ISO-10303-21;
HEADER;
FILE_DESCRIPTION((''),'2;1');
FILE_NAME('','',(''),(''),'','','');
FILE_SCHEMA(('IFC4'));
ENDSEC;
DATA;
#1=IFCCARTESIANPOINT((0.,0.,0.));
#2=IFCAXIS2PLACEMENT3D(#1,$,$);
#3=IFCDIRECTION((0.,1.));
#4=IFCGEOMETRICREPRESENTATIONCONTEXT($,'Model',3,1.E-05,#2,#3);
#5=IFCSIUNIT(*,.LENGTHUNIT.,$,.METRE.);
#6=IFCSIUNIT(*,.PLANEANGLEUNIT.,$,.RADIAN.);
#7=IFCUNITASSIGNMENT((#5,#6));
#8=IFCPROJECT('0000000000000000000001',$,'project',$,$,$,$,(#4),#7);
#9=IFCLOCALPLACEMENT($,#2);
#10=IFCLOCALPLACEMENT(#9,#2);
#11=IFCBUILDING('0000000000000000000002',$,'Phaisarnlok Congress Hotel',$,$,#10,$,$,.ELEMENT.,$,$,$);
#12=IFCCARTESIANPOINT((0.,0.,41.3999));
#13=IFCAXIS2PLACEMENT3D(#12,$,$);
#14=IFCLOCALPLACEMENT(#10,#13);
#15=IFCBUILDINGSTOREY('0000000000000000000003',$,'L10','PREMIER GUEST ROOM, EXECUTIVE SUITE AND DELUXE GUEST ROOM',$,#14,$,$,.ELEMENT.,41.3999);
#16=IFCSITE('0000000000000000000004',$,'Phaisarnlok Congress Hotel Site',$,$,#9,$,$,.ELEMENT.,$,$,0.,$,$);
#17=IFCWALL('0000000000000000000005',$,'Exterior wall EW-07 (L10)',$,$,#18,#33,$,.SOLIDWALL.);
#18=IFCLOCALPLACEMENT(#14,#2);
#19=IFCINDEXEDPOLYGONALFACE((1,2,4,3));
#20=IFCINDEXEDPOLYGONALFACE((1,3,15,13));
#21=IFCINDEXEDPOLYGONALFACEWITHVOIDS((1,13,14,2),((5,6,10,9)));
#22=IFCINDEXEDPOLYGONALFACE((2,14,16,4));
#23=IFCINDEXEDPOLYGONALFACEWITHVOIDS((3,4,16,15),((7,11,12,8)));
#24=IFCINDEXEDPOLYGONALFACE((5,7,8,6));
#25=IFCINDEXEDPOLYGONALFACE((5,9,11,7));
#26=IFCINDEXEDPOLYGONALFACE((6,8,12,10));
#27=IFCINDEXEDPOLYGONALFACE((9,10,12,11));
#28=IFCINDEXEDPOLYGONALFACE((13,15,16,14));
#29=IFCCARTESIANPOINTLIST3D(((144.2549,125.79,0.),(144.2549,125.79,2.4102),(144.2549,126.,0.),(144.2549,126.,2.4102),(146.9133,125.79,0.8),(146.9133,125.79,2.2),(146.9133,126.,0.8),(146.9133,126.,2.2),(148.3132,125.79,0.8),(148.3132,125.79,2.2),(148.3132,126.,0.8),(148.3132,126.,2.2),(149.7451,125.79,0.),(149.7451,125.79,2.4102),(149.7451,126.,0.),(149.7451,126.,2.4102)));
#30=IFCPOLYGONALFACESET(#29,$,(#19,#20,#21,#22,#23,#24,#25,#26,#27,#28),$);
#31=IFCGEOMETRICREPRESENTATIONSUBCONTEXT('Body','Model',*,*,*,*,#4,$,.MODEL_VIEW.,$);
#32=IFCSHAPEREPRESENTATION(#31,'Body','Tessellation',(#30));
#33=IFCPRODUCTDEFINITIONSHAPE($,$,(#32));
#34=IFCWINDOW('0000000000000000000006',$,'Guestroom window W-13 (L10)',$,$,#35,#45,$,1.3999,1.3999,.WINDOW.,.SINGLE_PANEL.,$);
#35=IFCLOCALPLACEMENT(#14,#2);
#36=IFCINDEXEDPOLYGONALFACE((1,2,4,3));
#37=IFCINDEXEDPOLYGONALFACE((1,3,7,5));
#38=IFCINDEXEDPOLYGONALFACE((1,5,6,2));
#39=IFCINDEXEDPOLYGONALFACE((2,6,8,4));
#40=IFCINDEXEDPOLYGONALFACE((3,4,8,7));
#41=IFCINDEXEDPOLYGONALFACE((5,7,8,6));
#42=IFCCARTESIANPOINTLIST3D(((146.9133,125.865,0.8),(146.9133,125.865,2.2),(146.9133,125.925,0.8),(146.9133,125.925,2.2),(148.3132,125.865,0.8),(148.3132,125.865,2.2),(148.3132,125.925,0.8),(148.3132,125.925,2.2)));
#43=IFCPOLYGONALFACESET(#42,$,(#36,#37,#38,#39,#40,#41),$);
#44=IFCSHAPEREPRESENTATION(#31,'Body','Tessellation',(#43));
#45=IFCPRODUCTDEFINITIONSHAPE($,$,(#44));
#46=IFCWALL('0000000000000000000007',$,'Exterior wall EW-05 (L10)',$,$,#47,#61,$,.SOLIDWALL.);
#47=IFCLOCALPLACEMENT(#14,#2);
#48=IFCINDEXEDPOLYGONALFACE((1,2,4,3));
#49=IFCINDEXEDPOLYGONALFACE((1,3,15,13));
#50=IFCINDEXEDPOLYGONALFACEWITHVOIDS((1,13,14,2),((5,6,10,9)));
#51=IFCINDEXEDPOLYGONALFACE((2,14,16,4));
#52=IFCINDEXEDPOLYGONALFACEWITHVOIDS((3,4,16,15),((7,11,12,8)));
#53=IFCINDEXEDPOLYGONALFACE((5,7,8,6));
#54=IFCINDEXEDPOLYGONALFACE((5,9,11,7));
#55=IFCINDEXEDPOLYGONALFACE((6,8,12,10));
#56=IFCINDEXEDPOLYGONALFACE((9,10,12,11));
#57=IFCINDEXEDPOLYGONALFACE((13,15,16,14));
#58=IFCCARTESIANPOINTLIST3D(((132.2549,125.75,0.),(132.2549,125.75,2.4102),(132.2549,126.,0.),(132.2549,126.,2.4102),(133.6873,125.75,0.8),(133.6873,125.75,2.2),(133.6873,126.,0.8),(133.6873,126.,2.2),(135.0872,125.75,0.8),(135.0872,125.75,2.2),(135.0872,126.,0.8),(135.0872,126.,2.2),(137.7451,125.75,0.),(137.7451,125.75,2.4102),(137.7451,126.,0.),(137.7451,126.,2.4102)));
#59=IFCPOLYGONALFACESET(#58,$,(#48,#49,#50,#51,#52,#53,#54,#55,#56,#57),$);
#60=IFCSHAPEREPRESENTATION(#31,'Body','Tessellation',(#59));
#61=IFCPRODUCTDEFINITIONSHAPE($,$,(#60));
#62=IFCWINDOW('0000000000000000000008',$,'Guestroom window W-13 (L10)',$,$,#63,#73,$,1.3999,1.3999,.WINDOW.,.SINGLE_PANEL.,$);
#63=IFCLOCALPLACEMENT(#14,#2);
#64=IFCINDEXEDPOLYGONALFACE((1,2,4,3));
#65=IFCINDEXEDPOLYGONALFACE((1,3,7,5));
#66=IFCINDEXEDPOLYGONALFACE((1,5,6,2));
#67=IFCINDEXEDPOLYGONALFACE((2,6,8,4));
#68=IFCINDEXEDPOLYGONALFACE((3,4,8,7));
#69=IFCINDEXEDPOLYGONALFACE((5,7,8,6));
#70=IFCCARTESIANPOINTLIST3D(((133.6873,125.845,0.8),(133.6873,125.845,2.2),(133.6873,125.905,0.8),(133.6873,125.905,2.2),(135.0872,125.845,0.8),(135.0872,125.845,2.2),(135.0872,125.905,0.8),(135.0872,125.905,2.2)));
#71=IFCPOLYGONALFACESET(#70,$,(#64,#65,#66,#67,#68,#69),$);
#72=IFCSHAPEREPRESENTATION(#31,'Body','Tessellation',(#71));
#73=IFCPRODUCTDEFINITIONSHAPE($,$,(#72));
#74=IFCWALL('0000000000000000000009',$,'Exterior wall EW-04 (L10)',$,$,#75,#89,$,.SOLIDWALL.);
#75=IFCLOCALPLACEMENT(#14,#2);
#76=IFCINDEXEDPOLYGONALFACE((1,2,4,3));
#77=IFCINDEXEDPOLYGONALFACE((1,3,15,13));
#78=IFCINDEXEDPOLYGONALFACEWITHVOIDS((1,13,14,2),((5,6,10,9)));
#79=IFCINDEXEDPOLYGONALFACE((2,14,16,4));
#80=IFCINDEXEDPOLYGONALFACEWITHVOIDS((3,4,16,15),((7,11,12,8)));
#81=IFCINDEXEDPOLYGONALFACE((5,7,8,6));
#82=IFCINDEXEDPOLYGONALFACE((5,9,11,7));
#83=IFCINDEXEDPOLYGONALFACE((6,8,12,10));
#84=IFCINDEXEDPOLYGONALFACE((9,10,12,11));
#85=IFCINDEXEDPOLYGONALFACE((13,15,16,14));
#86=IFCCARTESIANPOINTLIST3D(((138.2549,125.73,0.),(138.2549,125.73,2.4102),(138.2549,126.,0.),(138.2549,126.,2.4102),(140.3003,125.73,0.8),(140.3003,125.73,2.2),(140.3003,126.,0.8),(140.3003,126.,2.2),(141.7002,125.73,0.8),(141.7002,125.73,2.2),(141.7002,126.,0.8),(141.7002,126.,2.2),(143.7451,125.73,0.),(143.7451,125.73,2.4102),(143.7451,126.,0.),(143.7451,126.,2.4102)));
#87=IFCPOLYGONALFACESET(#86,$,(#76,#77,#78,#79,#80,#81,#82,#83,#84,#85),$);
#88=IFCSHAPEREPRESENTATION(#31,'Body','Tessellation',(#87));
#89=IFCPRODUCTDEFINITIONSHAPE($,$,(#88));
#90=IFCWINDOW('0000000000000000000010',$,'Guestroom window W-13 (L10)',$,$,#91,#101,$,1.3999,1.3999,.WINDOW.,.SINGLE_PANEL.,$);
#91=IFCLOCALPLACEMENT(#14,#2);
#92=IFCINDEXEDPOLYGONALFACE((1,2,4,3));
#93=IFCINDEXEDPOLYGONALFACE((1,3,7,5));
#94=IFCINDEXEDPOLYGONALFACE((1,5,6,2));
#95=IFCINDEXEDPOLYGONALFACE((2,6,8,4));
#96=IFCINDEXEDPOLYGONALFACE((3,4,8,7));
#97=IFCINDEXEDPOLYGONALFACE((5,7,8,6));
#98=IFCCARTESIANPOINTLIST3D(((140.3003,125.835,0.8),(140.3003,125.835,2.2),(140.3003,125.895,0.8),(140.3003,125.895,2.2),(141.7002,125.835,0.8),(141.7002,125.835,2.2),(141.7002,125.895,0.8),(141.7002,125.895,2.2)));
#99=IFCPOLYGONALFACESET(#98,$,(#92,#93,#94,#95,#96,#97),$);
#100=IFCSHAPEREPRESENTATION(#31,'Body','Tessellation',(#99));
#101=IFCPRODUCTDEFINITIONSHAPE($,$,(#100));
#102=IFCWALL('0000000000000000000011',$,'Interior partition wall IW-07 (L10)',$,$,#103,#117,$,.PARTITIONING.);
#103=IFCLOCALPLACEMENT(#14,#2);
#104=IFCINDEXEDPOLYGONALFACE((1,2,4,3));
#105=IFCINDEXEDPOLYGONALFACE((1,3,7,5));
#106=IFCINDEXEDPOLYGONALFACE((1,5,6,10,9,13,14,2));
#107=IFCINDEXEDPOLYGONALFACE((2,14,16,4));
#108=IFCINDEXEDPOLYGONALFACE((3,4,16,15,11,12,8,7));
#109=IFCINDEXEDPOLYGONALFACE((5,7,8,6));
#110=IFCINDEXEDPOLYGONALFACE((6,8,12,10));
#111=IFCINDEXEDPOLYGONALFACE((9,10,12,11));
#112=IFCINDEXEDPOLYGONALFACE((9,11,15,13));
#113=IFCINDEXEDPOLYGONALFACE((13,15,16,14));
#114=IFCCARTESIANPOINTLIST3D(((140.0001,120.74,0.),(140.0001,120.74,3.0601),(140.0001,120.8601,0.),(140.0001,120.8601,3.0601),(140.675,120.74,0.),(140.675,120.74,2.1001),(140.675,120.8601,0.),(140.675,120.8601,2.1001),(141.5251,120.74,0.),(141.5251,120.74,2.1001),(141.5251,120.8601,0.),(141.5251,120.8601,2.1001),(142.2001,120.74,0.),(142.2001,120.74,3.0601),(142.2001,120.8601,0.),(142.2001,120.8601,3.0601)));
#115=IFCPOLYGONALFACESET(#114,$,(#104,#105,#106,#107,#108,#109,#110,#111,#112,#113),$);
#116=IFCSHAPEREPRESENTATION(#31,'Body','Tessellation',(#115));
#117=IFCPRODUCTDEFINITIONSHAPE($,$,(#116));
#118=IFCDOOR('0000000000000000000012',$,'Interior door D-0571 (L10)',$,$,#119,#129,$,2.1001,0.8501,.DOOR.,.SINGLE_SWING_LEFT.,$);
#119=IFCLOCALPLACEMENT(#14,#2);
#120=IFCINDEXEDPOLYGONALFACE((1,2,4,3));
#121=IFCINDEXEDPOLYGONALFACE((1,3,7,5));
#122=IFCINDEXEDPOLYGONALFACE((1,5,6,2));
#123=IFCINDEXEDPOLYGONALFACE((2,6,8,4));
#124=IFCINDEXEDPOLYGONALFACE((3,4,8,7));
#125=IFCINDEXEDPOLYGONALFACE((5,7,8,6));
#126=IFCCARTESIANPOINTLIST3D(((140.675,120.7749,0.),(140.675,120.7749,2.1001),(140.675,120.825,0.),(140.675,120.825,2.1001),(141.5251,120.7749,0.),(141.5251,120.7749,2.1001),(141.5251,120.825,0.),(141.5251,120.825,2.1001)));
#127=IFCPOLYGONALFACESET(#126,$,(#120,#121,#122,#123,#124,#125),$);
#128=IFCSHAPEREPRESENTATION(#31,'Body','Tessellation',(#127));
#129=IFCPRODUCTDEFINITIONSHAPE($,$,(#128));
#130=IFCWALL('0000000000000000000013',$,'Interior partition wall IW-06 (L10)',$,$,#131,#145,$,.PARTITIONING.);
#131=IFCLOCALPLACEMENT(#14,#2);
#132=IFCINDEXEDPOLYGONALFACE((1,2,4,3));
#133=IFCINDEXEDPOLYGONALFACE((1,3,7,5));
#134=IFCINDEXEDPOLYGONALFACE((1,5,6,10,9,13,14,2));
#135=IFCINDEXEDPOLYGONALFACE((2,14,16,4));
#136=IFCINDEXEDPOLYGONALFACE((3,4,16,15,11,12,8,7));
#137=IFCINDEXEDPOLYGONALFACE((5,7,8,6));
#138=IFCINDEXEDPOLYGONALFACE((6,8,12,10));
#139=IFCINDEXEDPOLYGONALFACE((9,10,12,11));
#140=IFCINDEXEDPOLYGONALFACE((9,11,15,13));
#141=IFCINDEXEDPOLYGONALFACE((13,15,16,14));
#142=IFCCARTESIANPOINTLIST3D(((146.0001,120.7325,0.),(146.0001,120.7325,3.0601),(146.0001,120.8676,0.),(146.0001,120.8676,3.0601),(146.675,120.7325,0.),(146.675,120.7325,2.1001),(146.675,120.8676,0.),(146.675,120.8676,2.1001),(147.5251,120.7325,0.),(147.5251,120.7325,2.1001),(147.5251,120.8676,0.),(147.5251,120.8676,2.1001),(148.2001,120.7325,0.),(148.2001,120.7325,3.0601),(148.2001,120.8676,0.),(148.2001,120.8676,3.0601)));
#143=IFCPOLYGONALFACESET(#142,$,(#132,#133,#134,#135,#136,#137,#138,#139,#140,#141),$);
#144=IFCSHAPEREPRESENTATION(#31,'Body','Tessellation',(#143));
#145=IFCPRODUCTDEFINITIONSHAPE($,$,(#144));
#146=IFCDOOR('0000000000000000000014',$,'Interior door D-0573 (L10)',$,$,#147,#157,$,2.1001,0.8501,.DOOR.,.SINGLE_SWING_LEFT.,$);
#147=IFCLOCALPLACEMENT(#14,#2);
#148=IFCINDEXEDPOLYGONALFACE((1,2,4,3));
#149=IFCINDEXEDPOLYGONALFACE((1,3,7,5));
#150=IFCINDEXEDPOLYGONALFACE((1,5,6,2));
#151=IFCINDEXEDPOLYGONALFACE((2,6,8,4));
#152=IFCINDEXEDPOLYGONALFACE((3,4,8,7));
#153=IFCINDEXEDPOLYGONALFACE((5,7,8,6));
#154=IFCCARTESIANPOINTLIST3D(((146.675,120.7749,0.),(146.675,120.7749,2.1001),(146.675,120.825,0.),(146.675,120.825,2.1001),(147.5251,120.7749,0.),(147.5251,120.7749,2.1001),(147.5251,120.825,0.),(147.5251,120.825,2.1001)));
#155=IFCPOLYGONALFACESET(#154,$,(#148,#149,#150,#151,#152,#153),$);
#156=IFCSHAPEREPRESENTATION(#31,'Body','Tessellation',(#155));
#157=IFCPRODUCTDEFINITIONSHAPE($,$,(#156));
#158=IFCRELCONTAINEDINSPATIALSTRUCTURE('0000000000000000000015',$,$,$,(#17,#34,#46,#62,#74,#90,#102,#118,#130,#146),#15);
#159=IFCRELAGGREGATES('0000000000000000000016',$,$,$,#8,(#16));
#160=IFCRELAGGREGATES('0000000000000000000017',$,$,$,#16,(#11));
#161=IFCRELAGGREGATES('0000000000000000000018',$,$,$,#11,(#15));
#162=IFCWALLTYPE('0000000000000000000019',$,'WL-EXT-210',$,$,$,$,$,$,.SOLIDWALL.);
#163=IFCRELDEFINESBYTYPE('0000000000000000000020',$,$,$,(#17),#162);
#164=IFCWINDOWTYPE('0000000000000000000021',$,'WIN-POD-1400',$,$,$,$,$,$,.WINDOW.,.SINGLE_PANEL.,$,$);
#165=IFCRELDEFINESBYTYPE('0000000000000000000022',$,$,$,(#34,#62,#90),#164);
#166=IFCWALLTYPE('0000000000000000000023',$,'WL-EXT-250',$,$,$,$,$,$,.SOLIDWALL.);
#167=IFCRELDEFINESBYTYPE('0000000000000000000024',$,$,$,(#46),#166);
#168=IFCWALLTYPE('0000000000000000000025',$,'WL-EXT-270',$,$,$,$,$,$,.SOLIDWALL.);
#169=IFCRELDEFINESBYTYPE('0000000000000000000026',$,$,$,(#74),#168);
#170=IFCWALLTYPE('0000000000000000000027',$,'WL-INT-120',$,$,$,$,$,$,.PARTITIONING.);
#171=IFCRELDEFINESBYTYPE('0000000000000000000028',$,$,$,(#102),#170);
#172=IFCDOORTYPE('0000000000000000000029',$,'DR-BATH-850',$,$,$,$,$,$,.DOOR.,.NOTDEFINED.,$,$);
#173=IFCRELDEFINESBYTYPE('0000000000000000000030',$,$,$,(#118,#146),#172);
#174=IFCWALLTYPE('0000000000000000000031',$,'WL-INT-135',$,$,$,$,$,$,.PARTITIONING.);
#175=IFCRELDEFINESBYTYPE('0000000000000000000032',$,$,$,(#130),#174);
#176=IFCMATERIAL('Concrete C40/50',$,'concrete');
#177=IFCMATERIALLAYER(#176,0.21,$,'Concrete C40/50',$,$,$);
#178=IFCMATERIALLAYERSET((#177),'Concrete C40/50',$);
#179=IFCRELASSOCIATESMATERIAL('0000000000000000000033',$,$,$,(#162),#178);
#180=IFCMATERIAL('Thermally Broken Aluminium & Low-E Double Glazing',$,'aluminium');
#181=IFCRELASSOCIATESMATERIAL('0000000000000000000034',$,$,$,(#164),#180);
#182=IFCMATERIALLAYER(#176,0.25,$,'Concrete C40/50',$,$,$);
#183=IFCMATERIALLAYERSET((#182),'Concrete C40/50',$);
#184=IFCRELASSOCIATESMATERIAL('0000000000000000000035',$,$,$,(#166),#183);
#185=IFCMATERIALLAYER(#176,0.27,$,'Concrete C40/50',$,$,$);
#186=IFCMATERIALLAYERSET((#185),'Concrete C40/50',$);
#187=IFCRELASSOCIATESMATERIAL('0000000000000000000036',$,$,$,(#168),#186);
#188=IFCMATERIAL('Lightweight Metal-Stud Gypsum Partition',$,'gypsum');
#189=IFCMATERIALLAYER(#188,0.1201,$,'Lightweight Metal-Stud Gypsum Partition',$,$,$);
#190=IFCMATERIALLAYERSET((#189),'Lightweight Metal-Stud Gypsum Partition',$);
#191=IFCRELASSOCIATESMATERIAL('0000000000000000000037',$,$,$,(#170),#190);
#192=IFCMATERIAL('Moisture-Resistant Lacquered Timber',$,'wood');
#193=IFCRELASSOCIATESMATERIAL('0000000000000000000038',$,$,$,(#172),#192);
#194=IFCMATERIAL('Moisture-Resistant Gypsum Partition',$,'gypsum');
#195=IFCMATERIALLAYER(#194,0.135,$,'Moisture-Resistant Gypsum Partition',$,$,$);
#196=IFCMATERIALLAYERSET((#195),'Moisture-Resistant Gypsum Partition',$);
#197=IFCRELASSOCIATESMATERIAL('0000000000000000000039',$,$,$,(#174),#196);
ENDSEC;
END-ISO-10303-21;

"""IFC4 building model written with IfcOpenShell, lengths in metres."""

from ifc_helpers import new_model, si_unit, direction, frame, frame_2d, origin, place, context, subcontext, project, spatial, rectangle, extrude, material, layer, layer_set, type_object, element, fill, save


model = new_model("IFC4")

# Units and contexts
model_context = context("Model", 3, precision=1e-05, world=origin(), true_north=direction((0.0, 1.0)))
body_context = subcontext(model_context, "Body", "Model", "MODEL_VIEW")
ifc_project = project(units=[si_unit("LENGTHUNIT", "METRE"), si_unit("PLANEANGLEUNIT", "RADIAN")], contexts=[model_context])

# Site, building, storey
site_placement = place(None, origin())
site = spatial("IfcSite", under=ifc_project, at=site_placement, Name="Phaisarnlok Congress Hotel Site", CompositionType="ELEMENT", RefElevation=0.0)
building_placement = place(site_placement, origin())
building = spatial("IfcBuilding", under=site, at=building_placement, Name="Phaisarnlok Congress Hotel", CompositionType="ELEMENT")
storey_placement = place(building_placement, frame((0.0, 0.0, 41.3999)))
storey = spatial("IfcBuildingStorey", under=building, at=storey_placement, Name="L10", Description="PREMIER GUEST ROOM, EXECUTIVE SUITE AND DELUXE GUEST ROOM", CompositionType="ELEMENT", Elevation=41.3999)

# Shared definitions
ifc_material_1 = material(Name="Concrete C40/50", Category="concrete")

# Walls, openings, windows
ifc_layer_1 = layer(ifc_material_1, 0.21, Name="Concrete C40/50")
ifc_layer_set_1 = layer_set([ifc_layer_1], Name="Concrete C40/50")
wall_type_1 = type_object("IfcWallType", Name="WL-EXT-210", PredefinedType="SOLIDWALL", material=ifc_layer_set_1)
wall_1_placement = place(storey_placement, frame((149.7451, 125.895, 0.0), z_axis=(0.0, 0.0, 1.0), x_axis=(-1.0, 0.0, 0.0)))
wall_1 = element("IfcWall", 1, at=wall_1_placement, inside=storey, type_object=wall_type_1, Name="Exterior wall EW-07 (L10)", PredefinedType="SOLIDWALL", context=body_context, shape_type="SweptSolid", body=[
    extrude(rectangle(XDim=5.4902, YDim=0.21, at=frame_2d((2.7451, 0.0))), origin(), (0.0, 0.0, 1.0), 2.4102),
])
opening_1_placement = place(wall_1_placement, frame((1.4319, 0.0, 0.8)))
opening_1 = element("IfcOpeningElement", 2, at=opening_1_placement, cuts=wall_1, PredefinedType="OPENING", context=body_context, shape_type="SweptSolid", body=[
    extrude(rectangle(XDim=1.3999, YDim=1.3999, at=frame_2d((0.7, 0.7))), frame((0.0, 0.115, 0.0), z_axis=(0.0, -1.0, 0.0), x_axis=(1.0, 0.0, 0.0)), (0.0, 0.0, 1.0), 0.23),
])
ifc_material_2 = material(Name="Thermally Broken Aluminium & Low-E Double Glazing", Category="aluminium")
window_type = type_object("IfcWindowType", Name="WIN-POD-1400", PartitioningType="SINGLE_PANEL", PredefinedType="WINDOW", material=ifc_material_2)
window_1_placement = place(opening_1_placement, origin())
window_1 = element("IfcWindow", 3, at=window_1_placement, inside=storey, type_object=window_type, Name="Guestroom window W-13 (L10)", OverallHeight=1.3999, OverallWidth=1.3999, PartitioningType="SINGLE_PANEL", PredefinedType="WINDOW", context=body_context, shape_type="SweptSolid", body=[
    extrude(rectangle(XDim=1.3999, YDim=1.3999, at=frame_2d((0.7, 0.7))), frame((0.0, 0.03, 0.0), z_axis=(0.0, -1.0, 0.0), x_axis=(1.0, 0.0, 0.0)), (0.0, 0.0, 1.0), 0.0601),
])
fill(opening_1, window_1)
ifc_layer_2 = layer(ifc_material_1, 0.25, Name="Concrete C40/50")
ifc_layer_set_2 = layer_set([ifc_layer_2], Name="Concrete C40/50")
wall_type_2 = type_object("IfcWallType", Name="WL-EXT-250", PredefinedType="SOLIDWALL", material=ifc_layer_set_2)
wall_2_placement = place(storey_placement, frame((137.7451, 125.875, 0.0), z_axis=(0.0, 0.0, 1.0), x_axis=(-1.0, 0.0, 0.0)))
wall_2 = element("IfcWall", 4, at=wall_2_placement, inside=storey, type_object=wall_type_2, Name="Exterior wall EW-05 (L10)", PredefinedType="SOLIDWALL", context=body_context, shape_type="SweptSolid", body=[
    extrude(rectangle(XDim=5.4902, YDim=0.25, at=frame_2d((2.7451, 0.0))), origin(), (0.0, 0.0, 1.0), 2.4102),
])
opening_2_placement = place(wall_2_placement, frame((2.658, 0.0, 0.8)))
opening_2 = element("IfcOpeningElement", 5, at=opening_2_placement, cuts=wall_2, PredefinedType="OPENING", context=body_context, shape_type="SweptSolid", body=[
    extrude(rectangle(XDim=1.3999, YDim=1.3999, at=frame_2d((0.7, 0.7))), frame((0.0, 0.135, 0.0), z_axis=(0.0, -1.0, 0.0), x_axis=(1.0, 0.0, 0.0)), (0.0, 0.0, 1.0), 0.27),
])
window_2_placement = place(opening_2_placement, origin())
window_2 = element("IfcWindow", 6, at=window_2_placement, inside=storey, type_object=window_type, Name="Guestroom window W-13 (L10)", OverallHeight=1.3999, OverallWidth=1.3999, PartitioningType="SINGLE_PANEL", PredefinedType="WINDOW", context=body_context, shape_type="SweptSolid", body=[
    extrude(rectangle(XDim=1.3999, YDim=1.3999, at=frame_2d((0.7, 0.7))), frame((0.0, 0.03, 0.0), z_axis=(0.0, -1.0, 0.0), x_axis=(1.0, 0.0, 0.0)), (0.0, 0.0, 1.0), 0.0601),
])
fill(opening_2, window_2)
ifc_layer_3 = layer(ifc_material_1, 0.27, Name="Concrete C40/50")
ifc_layer_set_3 = layer_set([ifc_layer_3], Name="Concrete C40/50")
wall_type_3 = type_object("IfcWallType", Name="WL-EXT-270", PredefinedType="SOLIDWALL", material=ifc_layer_set_3)
wall_3_placement = place(storey_placement, frame((143.7451, 125.865, 0.0), z_axis=(0.0, 0.0, 1.0), x_axis=(-1.0, 0.0, 0.0)))
wall_3 = element("IfcWall", 7, at=wall_3_placement, inside=storey, type_object=wall_type_3, Name="Exterior wall EW-04 (L10)", PredefinedType="SOLIDWALL", context=body_context, shape_type="SweptSolid", body=[
    extrude(rectangle(XDim=5.4902, YDim=0.27, at=frame_2d((2.7451, 0.0))), origin(), (0.0, 0.0, 1.0), 2.4102),
])
opening_3_placement = place(wall_3_placement, frame((2.0449, 0.0, 0.8)))
opening_3 = element("IfcOpeningElement", 8, at=opening_3_placement, cuts=wall_3, PredefinedType="OPENING", context=body_context, shape_type="SweptSolid", body=[
    extrude(rectangle(XDim=1.3999, YDim=1.3999, at=frame_2d((0.7, 0.7))), frame((0.0, 0.145, 0.0), z_axis=(0.0, -1.0, 0.0), x_axis=(1.0, 0.0, 0.0)), (0.0, 0.0, 1.0), 0.29),
])
window_3_placement = place(opening_3_placement, origin())
window_3 = element("IfcWindow", 9, at=window_3_placement, inside=storey, type_object=window_type, Name="Guestroom window W-13 (L10)", OverallHeight=1.3999, OverallWidth=1.3999, PartitioningType="SINGLE_PANEL", PredefinedType="WINDOW", context=body_context, shape_type="SweptSolid", body=[
    extrude(rectangle(XDim=1.3999, YDim=1.3999, at=frame_2d((0.7, 0.7))), frame((0.0, 0.03, 0.0), z_axis=(0.0, -1.0, 0.0), x_axis=(1.0, 0.0, 0.0)), (0.0, 0.0, 1.0), 0.0601),
])
fill(opening_3, window_3)

# Walls, openings, doors
ifc_material_3 = material(Name="Lightweight Metal-Stud Gypsum Partition", Category="gypsum")
ifc_layer_4 = layer(ifc_material_3, 0.1201, Name="Lightweight Metal-Stud Gypsum Partition")
ifc_layer_set_4 = layer_set([ifc_layer_4], Name="Lightweight Metal-Stud Gypsum Partition")
wall_type_4 = type_object("IfcWallType", Name="WL-INT-120", PredefinedType="PARTITIONING", material=ifc_layer_set_4)
wall_4_placement = place(storey_placement, frame((140.0, 120.8, 0.0), z_axis=(0.0, 0.0, 1.0), x_axis=(1.0, 0.0, 0.0)))
wall_4 = element("IfcWall", 10, at=wall_4_placement, inside=storey, type_object=wall_type_4, Name="Interior partition wall IW-07 (L10)", PredefinedType="PARTITIONING", context=body_context, shape_type="SweptSolid", body=[
    extrude(rectangle(XDim=2.2, YDim=0.1201, at=frame_2d((1.1001, 0.0))), origin(), (0.0, 0.0, 1.0), 3.0601),
])
opening_4_placement = place(wall_4_placement, frame((0.675, 0.0, 0.0)))
opening_4 = element("IfcOpeningElement", 11, at=opening_4_placement, cuts=wall_4, PredefinedType="OPENING", context=body_context, shape_type="SweptSolid", body=[
    extrude(rectangle(XDim=0.8501, YDim=2.1001, at=frame_2d((0.425, 1.05))), frame((0.0, 0.0701, 0.0), z_axis=(0.0, -1.0, 0.0), x_axis=(1.0, 0.0, 0.0)), (0.0, 0.0, 1.0), 0.1401),
])
ifc_material_4 = material(Name="Moisture-Resistant Lacquered Timber", Category="wood")
door_type = type_object("IfcDoorType", Name="DR-BATH-850", OperationType="NOTDEFINED", PredefinedType="DOOR", material=ifc_material_4)
door_1_placement = place(opening_4_placement, origin())
door_1 = element("IfcDoor", 12, at=door_1_placement, inside=storey, type_object=door_type, Name="Interior door D-0571 (L10)", OperationType="SINGLE_SWING_LEFT", OverallHeight=2.1001, OverallWidth=0.8501, PredefinedType="DOOR", context=body_context, shape_type="SweptSolid", body=[
    extrude(rectangle(XDim=0.8501, YDim=2.1001, at=frame_2d((0.425, 1.05))), frame((0.0, 0.0249, 0.0), z_axis=(0.0, -1.0, 0.0), x_axis=(1.0, 0.0, 0.0)), (0.0, 0.0, 1.0), 0.05),
])
fill(opening_4, door_1)
ifc_material_5 = material(Name="Moisture-Resistant Gypsum Partition", Category="gypsum")
ifc_layer_5 = layer(ifc_material_5, 0.135, Name="Moisture-Resistant Gypsum Partition")
ifc_layer_set_5 = layer_set([ifc_layer_5], Name="Moisture-Resistant Gypsum Partition")
wall_type_5 = type_object("IfcWallType", Name="WL-INT-135", PredefinedType="PARTITIONING", material=ifc_layer_set_5)
wall_5_placement = place(storey_placement, frame((146.0, 120.8, 0.0), z_axis=(0.0, 0.0, 1.0), x_axis=(1.0, 0.0, 0.0)))
wall_5 = element("IfcWall", 13, at=wall_5_placement, inside=storey, type_object=wall_type_5, Name="Interior partition wall IW-06 (L10)", PredefinedType="PARTITIONING", context=body_context, shape_type="SweptSolid", body=[
    extrude(rectangle(XDim=2.2, YDim=0.135, at=frame_2d((1.1001, 0.0))), origin(), (0.0, 0.0, 1.0), 3.0601),
])
opening_5_placement = place(wall_5_placement, frame((0.675, 0.0, 0.0)))
opening_5 = element("IfcOpeningElement", 14, at=opening_5_placement, cuts=wall_5, PredefinedType="OPENING", context=body_context, shape_type="SweptSolid", body=[
    extrude(rectangle(XDim=0.8501, YDim=2.1001, at=frame_2d((0.425, 1.05))), frame((0.0, 0.0776, 0.0), z_axis=(0.0, -1.0, 0.0), x_axis=(1.0, 0.0, 0.0)), (0.0, 0.0, 1.0), 0.155),
])
door_2_placement = place(opening_5_placement, origin())
door_2 = element("IfcDoor", 15, at=door_2_placement, inside=storey, type_object=door_type, Name="Interior door D-0573 (L10)", OperationType="SINGLE_SWING_LEFT", OverallHeight=2.1001, OverallWidth=0.8501, PredefinedType="DOOR", context=body_context, shape_type="SweptSolid", body=[
    extrude(rectangle(XDim=0.8501, YDim=2.1001, at=frame_2d((0.425, 1.05))), frame((0.0, 0.0249, 0.0), z_axis=(0.0, -1.0, 0.0), x_axis=(1.0, 0.0, 0.0)), (0.0, 0.0, 1.0), 0.05),
])
fill(opening_5, door_2)

save(model, "model.ifc")
